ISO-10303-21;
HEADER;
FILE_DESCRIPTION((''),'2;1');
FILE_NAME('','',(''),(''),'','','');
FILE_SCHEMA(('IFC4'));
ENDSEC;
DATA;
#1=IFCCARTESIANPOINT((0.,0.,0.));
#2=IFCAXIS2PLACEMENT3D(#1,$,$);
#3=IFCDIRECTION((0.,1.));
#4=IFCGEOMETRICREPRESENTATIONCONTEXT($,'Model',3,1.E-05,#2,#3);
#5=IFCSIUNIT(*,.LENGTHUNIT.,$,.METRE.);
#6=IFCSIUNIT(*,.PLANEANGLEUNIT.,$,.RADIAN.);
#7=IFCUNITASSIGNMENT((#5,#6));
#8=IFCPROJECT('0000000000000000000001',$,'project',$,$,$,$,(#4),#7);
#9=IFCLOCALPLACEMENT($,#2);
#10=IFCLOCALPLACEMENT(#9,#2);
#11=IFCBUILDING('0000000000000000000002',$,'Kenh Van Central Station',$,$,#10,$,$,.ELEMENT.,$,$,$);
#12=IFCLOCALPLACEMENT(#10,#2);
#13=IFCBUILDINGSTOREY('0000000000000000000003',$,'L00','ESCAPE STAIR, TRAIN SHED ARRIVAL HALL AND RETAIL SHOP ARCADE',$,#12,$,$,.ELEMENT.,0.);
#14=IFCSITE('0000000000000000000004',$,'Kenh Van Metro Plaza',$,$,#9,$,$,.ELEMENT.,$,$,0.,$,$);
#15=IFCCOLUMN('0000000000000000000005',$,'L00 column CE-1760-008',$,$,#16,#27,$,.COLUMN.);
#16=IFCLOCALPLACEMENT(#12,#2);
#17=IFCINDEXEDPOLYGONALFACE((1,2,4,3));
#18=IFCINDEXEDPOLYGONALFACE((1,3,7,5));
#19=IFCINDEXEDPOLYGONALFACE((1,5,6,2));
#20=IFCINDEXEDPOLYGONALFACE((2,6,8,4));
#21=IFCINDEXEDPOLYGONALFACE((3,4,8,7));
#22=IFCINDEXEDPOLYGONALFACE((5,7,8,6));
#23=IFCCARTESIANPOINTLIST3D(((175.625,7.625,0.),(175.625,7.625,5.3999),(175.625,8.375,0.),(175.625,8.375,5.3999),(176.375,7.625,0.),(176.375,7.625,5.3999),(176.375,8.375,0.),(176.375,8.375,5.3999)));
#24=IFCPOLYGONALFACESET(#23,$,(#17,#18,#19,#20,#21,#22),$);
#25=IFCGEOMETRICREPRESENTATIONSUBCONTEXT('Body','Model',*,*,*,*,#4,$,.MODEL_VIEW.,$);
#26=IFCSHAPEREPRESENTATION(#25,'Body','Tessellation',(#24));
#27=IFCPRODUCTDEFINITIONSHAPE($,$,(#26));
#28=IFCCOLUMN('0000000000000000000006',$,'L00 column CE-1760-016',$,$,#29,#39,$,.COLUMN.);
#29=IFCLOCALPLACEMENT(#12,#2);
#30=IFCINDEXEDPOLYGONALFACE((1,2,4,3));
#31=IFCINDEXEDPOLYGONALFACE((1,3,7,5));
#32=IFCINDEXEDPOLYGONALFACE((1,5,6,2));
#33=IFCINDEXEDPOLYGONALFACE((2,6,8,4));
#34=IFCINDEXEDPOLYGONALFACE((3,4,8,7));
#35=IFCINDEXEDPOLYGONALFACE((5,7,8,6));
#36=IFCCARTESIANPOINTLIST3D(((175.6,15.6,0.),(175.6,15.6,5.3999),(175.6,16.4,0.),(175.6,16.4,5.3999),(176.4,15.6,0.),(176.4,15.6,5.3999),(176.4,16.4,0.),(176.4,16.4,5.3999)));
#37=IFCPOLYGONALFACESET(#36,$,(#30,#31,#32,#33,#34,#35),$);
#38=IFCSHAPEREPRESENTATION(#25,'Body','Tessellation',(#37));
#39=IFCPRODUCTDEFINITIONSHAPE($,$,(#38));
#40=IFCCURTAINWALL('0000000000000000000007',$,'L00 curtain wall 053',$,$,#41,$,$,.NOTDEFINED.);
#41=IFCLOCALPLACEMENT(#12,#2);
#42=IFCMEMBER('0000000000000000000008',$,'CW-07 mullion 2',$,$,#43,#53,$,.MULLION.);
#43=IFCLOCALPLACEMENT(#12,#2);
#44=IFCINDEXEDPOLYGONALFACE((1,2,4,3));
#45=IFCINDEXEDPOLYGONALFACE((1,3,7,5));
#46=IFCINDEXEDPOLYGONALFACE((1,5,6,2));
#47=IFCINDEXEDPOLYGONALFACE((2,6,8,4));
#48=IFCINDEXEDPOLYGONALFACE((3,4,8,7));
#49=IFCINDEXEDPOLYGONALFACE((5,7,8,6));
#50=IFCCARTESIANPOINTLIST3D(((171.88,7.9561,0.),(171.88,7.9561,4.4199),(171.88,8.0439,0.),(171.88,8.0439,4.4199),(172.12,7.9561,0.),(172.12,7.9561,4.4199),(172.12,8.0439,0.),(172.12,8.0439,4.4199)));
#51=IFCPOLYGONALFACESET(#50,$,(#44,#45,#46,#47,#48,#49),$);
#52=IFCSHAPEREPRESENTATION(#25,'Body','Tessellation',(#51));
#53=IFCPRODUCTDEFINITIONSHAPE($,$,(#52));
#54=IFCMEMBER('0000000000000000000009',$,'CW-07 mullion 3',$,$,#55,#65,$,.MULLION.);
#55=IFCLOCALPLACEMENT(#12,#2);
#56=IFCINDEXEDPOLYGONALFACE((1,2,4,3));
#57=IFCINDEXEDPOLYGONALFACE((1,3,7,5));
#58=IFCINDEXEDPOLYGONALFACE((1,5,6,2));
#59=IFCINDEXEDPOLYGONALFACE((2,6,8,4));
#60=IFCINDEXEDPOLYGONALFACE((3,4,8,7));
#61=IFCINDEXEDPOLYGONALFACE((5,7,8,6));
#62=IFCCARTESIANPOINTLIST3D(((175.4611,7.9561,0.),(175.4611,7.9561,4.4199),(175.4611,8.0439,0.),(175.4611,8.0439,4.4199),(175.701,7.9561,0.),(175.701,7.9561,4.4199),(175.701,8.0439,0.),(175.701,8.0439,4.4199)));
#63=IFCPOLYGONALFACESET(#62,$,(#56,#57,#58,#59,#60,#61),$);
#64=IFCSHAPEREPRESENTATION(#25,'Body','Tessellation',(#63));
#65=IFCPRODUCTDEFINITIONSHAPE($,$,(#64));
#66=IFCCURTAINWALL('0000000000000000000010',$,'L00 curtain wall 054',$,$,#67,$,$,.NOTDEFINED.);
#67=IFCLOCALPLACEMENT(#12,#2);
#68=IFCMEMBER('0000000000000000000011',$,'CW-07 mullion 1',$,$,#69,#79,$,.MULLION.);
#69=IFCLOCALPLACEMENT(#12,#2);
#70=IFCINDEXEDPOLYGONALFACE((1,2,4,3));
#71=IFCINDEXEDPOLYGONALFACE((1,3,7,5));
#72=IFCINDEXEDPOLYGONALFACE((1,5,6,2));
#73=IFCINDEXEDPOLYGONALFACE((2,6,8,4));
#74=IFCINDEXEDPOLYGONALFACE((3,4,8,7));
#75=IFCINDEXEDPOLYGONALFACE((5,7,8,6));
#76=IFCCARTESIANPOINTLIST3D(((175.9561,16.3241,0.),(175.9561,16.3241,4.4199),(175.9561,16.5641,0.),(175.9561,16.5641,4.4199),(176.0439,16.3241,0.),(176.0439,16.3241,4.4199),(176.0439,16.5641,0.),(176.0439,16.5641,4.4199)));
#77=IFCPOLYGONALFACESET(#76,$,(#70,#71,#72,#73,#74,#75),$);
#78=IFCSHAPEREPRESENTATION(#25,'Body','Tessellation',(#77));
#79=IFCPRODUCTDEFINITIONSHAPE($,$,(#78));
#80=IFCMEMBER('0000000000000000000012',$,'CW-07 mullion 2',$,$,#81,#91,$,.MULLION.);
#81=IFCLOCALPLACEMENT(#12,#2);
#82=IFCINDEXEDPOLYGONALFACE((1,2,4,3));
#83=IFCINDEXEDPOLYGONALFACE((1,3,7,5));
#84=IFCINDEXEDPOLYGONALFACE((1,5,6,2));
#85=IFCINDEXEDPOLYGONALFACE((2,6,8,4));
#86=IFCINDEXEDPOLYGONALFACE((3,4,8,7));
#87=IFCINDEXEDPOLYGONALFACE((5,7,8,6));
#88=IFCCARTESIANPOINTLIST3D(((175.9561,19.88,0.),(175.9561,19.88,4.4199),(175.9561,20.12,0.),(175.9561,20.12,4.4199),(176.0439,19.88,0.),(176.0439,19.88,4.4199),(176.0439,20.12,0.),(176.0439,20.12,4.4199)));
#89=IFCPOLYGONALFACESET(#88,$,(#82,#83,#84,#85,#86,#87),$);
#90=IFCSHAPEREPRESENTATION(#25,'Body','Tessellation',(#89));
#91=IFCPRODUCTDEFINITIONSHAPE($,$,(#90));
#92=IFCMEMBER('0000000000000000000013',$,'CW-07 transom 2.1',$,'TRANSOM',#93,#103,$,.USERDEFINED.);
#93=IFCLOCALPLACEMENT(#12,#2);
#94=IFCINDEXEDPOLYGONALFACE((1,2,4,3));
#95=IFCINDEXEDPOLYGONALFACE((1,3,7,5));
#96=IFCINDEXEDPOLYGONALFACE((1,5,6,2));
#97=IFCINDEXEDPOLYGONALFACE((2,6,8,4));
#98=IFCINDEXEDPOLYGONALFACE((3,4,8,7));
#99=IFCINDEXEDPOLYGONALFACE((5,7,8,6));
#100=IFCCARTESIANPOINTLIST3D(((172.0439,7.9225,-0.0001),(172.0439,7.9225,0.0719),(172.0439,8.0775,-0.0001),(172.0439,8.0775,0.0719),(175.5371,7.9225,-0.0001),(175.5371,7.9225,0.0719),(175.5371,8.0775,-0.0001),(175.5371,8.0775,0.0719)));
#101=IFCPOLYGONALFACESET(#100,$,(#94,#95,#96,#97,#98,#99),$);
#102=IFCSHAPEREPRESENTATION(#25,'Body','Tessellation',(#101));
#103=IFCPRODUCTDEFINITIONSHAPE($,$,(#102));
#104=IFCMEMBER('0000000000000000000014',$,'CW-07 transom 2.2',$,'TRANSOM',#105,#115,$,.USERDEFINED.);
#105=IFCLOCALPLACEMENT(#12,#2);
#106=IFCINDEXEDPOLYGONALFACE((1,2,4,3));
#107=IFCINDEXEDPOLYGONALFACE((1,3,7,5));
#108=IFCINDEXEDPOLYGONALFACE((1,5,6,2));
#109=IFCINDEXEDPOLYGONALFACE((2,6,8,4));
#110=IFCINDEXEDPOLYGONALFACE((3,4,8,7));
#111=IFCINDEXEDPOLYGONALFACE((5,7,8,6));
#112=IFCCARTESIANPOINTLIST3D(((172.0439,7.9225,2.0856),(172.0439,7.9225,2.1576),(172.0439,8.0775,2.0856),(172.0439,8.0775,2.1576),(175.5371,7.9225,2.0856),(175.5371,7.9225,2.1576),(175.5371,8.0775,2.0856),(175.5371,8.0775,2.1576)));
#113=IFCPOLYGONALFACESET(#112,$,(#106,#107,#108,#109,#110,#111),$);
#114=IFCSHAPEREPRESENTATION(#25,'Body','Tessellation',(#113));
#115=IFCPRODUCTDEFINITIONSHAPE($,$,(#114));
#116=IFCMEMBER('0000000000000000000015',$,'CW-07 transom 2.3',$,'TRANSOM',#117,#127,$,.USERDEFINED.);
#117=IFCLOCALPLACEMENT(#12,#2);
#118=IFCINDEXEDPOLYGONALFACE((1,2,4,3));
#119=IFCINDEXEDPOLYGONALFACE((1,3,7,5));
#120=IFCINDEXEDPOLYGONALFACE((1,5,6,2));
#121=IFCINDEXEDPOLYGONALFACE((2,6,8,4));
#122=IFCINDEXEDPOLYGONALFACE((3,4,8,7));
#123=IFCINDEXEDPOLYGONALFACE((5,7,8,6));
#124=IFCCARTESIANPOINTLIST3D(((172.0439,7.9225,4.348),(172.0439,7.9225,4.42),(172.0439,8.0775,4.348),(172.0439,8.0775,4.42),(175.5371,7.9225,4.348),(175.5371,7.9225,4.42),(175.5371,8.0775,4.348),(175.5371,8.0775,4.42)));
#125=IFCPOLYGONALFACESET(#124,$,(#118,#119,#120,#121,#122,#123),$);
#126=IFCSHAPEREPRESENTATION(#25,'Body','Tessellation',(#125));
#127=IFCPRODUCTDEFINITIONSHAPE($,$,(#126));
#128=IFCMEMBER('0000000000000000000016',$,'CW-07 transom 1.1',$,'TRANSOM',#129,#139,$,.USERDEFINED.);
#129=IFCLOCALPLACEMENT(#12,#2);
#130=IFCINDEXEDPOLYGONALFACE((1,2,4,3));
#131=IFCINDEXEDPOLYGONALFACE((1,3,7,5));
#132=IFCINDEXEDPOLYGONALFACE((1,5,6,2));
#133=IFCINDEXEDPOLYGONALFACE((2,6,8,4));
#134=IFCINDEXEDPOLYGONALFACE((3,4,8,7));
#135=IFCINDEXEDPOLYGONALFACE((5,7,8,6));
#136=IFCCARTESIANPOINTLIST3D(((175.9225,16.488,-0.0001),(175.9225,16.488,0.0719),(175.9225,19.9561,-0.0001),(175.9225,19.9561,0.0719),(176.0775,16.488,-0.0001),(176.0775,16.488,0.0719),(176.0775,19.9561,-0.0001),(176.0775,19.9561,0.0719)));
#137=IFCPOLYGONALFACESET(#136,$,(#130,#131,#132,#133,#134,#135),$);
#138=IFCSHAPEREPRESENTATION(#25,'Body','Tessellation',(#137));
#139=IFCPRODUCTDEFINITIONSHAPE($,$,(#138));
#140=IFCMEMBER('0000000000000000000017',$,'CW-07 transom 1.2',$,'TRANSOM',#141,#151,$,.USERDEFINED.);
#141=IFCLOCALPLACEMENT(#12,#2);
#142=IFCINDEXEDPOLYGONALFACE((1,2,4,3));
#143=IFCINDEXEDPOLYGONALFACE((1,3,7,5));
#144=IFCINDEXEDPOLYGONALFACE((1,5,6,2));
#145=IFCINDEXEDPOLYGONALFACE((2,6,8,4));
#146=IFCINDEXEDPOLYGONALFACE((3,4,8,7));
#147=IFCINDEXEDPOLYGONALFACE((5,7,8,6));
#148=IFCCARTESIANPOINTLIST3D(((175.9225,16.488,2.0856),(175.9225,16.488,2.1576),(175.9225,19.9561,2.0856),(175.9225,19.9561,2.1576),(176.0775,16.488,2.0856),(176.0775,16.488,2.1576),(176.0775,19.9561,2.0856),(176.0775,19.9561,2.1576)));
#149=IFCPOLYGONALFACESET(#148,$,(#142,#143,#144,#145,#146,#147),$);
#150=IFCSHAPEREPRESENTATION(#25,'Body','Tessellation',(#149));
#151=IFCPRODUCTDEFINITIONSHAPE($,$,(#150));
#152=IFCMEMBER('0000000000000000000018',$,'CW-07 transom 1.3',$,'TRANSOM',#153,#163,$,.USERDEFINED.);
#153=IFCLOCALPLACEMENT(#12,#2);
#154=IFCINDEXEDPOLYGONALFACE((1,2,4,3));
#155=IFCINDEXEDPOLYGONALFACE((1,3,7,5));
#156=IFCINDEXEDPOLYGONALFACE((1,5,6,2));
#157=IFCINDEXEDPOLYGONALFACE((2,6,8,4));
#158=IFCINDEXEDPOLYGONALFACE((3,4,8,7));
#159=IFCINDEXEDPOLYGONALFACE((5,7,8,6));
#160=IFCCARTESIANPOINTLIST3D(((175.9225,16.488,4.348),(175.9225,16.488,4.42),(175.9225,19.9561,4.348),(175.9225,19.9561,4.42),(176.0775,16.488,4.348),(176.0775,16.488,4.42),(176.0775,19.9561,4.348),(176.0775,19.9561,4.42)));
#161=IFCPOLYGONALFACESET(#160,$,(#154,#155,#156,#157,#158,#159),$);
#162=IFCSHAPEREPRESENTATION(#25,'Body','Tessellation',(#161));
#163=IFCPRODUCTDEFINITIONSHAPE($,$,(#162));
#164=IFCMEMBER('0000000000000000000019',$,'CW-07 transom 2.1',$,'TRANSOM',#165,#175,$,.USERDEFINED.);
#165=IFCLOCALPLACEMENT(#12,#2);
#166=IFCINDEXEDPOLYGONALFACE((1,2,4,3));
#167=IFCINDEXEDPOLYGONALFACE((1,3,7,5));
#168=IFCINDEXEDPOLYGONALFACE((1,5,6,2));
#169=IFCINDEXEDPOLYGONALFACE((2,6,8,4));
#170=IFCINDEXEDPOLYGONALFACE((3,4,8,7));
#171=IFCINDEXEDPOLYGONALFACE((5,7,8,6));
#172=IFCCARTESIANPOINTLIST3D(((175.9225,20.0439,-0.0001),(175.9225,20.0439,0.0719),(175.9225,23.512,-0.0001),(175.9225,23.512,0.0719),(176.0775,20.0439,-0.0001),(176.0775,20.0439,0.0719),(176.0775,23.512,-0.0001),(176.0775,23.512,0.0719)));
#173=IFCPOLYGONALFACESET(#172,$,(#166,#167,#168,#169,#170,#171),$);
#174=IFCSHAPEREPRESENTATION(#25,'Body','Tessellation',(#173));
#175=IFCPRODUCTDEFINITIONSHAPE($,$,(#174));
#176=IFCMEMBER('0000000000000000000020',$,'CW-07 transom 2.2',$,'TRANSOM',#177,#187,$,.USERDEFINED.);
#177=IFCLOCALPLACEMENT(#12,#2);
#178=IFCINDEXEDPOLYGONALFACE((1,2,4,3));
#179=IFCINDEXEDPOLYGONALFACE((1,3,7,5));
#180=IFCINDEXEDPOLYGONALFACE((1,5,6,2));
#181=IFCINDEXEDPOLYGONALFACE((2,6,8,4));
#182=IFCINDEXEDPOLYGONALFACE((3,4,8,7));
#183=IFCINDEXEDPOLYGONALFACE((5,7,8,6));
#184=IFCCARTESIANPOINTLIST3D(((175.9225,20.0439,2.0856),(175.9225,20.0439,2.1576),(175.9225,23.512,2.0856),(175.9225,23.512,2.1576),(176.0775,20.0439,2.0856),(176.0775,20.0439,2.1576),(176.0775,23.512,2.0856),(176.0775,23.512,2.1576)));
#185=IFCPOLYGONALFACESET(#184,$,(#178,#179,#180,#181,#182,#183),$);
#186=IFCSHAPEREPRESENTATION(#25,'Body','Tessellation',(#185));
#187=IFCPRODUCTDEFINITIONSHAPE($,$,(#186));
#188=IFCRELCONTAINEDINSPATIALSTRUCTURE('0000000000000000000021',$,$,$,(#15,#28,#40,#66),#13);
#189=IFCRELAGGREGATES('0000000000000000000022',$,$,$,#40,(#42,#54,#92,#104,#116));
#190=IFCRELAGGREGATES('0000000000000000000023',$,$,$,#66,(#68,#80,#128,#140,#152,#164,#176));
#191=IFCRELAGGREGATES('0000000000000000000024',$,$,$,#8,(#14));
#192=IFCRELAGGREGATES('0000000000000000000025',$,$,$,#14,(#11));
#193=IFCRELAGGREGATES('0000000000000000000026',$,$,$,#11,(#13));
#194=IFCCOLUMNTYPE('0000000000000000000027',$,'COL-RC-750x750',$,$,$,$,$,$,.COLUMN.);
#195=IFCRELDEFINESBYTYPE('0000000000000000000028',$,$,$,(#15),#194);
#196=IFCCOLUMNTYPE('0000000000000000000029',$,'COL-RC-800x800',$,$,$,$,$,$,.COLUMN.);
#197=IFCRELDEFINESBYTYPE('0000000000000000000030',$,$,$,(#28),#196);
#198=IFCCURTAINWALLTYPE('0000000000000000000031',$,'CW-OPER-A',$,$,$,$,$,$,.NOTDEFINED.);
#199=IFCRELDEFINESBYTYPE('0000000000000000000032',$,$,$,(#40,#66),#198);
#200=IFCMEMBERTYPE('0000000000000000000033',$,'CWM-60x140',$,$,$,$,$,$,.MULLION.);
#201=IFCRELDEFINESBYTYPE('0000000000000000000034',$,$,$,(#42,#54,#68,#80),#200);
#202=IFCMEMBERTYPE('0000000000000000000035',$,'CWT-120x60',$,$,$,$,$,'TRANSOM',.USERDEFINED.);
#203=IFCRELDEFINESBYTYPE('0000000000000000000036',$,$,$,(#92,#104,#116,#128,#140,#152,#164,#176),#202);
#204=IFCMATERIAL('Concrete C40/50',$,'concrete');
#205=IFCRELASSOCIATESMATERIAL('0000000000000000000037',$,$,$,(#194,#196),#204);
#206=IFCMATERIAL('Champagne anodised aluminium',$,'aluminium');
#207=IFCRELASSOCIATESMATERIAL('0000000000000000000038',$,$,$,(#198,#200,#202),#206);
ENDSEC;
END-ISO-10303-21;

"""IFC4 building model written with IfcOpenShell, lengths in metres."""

from ifc_helpers import new_model, si_unit, direction, frame, origin, origin_2d, place, context, subcontext, project, spatial, rectangle, extrude, material, material_profile, profile_set, type_object, element, aggregate, save


model = new_model("IFC4")

# Units and contexts
model_context = context("Model", 3, precision=1e-05, world=origin(), true_north=direction((0.0, 1.0)))
body_context = subcontext(model_context, "Body", "Model", "MODEL_VIEW")
ifc_project = project(units=[si_unit("LENGTHUNIT", "METRE"), si_unit("PLANEANGLEUNIT", "RADIAN")], contexts=[model_context])

# Site, building, storey
site_placement = place(None, origin())
site = spatial("IfcSite", under=ifc_project, at=site_placement, Name="Kenh Van Metro Plaza", CompositionType="ELEMENT", RefElevation=0.0)
building_placement = place(site_placement, origin())
building = spatial("IfcBuilding", under=site, at=building_placement, Name="Kenh Van Central Station", CompositionType="ELEMENT")
storey_placement = place(building_placement, origin())
storey = spatial("IfcBuildingStorey", under=building, at=storey_placement, Name="L00", Description="ESCAPE STAIR, TRAIN SHED ARRIVAL HALL AND RETAIL SHOP ARCADE", CompositionType="ELEMENT", Elevation=0.0)

# Columns
ifc_material_1 = material(Name="Concrete C40/50", Category="concrete")
ifc_material_profile_1 = material_profile(ifc_material_1, rectangle(XDim=0.75, YDim=0.75, at=origin_2d()), Name="RC 750x750")
ifc_profile_set_1 = profile_set([ifc_material_profile_1], Name="Concrete C40/50")
column_type_1 = type_object("IfcColumnType", Name="COL-RC-750x750", PredefinedType="COLUMN", material=ifc_profile_set_1)
column_1_placement = place(storey_placement, frame((176.0, 8.0, 0.0), z_axis=(0.0, 0.0, 1.0), x_axis=(1.0, 0.0, 0.0)))
element("IfcColumn", 1, at=column_1_placement, inside=storey, type_object=column_type_1, Name="L00 column CE-1760-008", PredefinedType="COLUMN", context=body_context, shape_type="SweptSolid", body=[
    extrude(rectangle(XDim=0.75, YDim=0.75, at=origin_2d()), origin(), (0.0, 0.0, 1.0), 5.3999),
])
ifc_material_profile_2 = material_profile(ifc_material_1, rectangle(XDim=0.8, YDim=0.8, at=origin_2d()), Name="RC 800x800")
ifc_profile_set_2 = profile_set([ifc_material_profile_2], Name="Concrete C40/50")
column_type_2 = type_object("IfcColumnType", Name="COL-RC-800x800", PredefinedType="COLUMN", material=ifc_profile_set_2)
column_2_placement = place(storey_placement, frame((176.0, 16.0, 0.0), z_axis=(0.0, 0.0, 1.0), x_axis=(1.0, 0.0, 0.0)))
element("IfcColumn", 2, at=column_2_placement, inside=storey, type_object=column_type_2, Name="L00 column CE-1760-016", PredefinedType="COLUMN", context=body_context, shape_type="SweptSolid", body=[
    extrude(rectangle(XDim=0.8, YDim=0.8, at=origin_2d()), origin(), (0.0, 0.0, 1.0), 5.3999),
])

# Curtain walls, members
ifc_material_2 = material(Name="Champagne anodised aluminium", Category="aluminium")
curtain_wall_type = type_object("IfcCurtainWallType", Name="CW-OPER-A", PredefinedType="NOTDEFINED", material=ifc_material_2)
curtain_wall_1_placement = place(storey_placement, origin())
curtain_wall_1 = element("IfcCurtainWall", 3, at=curtain_wall_1_placement, inside=storey, type_object=curtain_wall_type, Name="L00 curtain wall 053", PredefinedType="NOTDEFINED")
ifc_material_profile_3 = material_profile(ifc_material_2, rectangle(XDim=0.0879, YDim=0.24, at=origin_2d()), Name="AL 88x240")
ifc_profile_set_3 = profile_set([ifc_material_profile_3], Name="Champagne anodised aluminium")
member_type_1 = type_object("IfcMemberType", Name="CWM-60x140", PredefinedType="MULLION", material=ifc_profile_set_3)
member_1_placement = place(storey_placement, frame((172.0, 8.0, 0.0), z_axis=(0.0, 0.0, 1.0), x_axis=(0.0, 1.0, 0.0)))
member_1 = element("IfcMember", 4, at=member_1_placement, type_object=member_type_1, Name="CW-07 mullion 2", PredefinedType="MULLION", context=body_context, shape_type="SweptSolid", body=[
    extrude(rectangle(XDim=0.0879, YDim=0.24, at=origin_2d()), origin(), (0.0, 0.0, 1.0), 4.4199),
])
member_2_placement = place(storey_placement, frame((175.5811, 8.0, 0.0), z_axis=(0.0, 0.0, 1.0), x_axis=(0.0, 1.0, 0.0)))
member_2 = element("IfcMember", 5, at=member_2_placement, type_object=member_type_1, Name="CW-07 mullion 3", PredefinedType="MULLION", context=body_context, shape_type="SweptSolid", body=[
    extrude(rectangle(XDim=0.0879, YDim=0.24, at=origin_2d()), origin(), (0.0, 0.0, 1.0), 4.4199),
])
curtain_wall_2_placement = place(storey_placement, origin())
curtain_wall_2 = element("IfcCurtainWall", 6, at=curtain_wall_2_placement, inside=storey, type_object=curtain_wall_type, Name="L00 curtain wall 054", PredefinedType="NOTDEFINED")
member_3_placement = place(storey_placement, frame((176.0, 16.4441, 0.0), z_axis=(0.0, 0.0, 1.0), x_axis=(-1.0, 0.0, 0.0)))
member_3 = element("IfcMember", 7, at=member_3_placement, type_object=member_type_1, Name="CW-07 mullion 1", PredefinedType="MULLION", context=body_context, shape_type="SweptSolid", body=[
    extrude(rectangle(XDim=0.0879, YDim=0.24, at=origin_2d()), origin(), (0.0, 0.0, 1.0), 4.4199),
])
member_4_placement = place(storey_placement, frame((176.0, 20.0, 0.0), z_axis=(0.0, 0.0, 1.0), x_axis=(-1.0, 0.0, 0.0)))
member_4 = element("IfcMember", 8, at=member_4_placement, type_object=member_type_1, Name="CW-07 mullion 2", PredefinedType="MULLION", context=body_context, shape_type="SweptSolid", body=[
    extrude(rectangle(XDim=0.0879, YDim=0.24, at=origin_2d()), origin(), (0.0, 0.0, 1.0), 4.4199),
])

# Members
ifc_material_profile_4 = material_profile(ifc_material_2, rectangle(XDim=0.155, YDim=0.072, at=origin_2d()), Name="AL 155x72")
ifc_profile_set_4 = profile_set([ifc_material_profile_4], Name="Champagne anodised aluminium")
member_type_2 = type_object("IfcMemberType", Name="CWT-120x60", ElementType="TRANSOM", PredefinedType="USERDEFINED", material=ifc_profile_set_4)
member_5_placement = place(storey_placement, frame((172.0439, 8.0, 0.0359), z_axis=(1.0, 0.0, 0.0), x_axis=(0.0, 1.0, 0.0)))
member_5 = element("IfcMember", 9, at=member_5_placement, type_object=member_type_2, Name="CW-07 transom 2.1", ObjectType="TRANSOM", PredefinedType="USERDEFINED", context=body_context, shape_type="SweptSolid", body=[
    extrude(rectangle(XDim=0.155, YDim=0.072, at=origin_2d()), origin(), (0.0, 0.0, 1.0), 3.4932),
])
member_6_placement = place(storey_placement, frame((172.0439, 8.0, 2.1216), z_axis=(1.0, 0.0, 0.0), x_axis=(0.0, 1.0, 0.0)))
member_6 = element("IfcMember", 10, at=member_6_placement, type_object=member_type_2, Name="CW-07 transom 2.2", ObjectType="TRANSOM", PredefinedType="USERDEFINED", context=body_context, shape_type="SweptSolid", body=[
    extrude(rectangle(XDim=0.155, YDim=0.072, at=origin_2d()), origin(), (0.0, 0.0, 1.0), 3.4932),
])
member_7_placement = place(storey_placement, frame((172.0439, 8.0, 4.384), z_axis=(1.0, 0.0, 0.0), x_axis=(0.0, 1.0, 0.0)))
member_7 = element("IfcMember", 11, at=member_7_placement, type_object=member_type_2, Name="CW-07 transom 2.3", ObjectType="TRANSOM", PredefinedType="USERDEFINED", context=body_context, shape_type="SweptSolid", body=[
    extrude(rectangle(XDim=0.155, YDim=0.072, at=origin_2d()), origin(), (0.0, 0.0, 1.0), 3.4932),
])
member_8_placement = place(storey_placement, frame((176.0, 16.488, 0.0359), z_axis=(0.0, 1.0, 0.0), x_axis=(-1.0, 0.0, 0.0)))
member_8 = element("IfcMember", 12, at=member_8_placement, type_object=member_type_2, Name="CW-07 transom 1.1", ObjectType="TRANSOM", PredefinedType="USERDEFINED", context=body_context, shape_type="SweptSolid", body=[
    extrude(rectangle(XDim=0.155, YDim=0.072, at=origin_2d()), origin(), (0.0, 0.0, 1.0), 3.468),
])
member_9_placement = place(storey_placement, frame((176.0, 16.488, 2.1216), z_axis=(0.0, 1.0, 0.0), x_axis=(-1.0, 0.0, 0.0)))
member_9 = element("IfcMember", 13, at=member_9_placement, type_object=member_type_2, Name="CW-07 transom 1.2", ObjectType="TRANSOM", PredefinedType="USERDEFINED", context=body_context, shape_type="SweptSolid", body=[
    extrude(rectangle(XDim=0.155, YDim=0.072, at=origin_2d()), origin(), (0.0, 0.0, 1.0), 3.468),
])
member_10_placement = place(storey_placement, frame((176.0, 16.488, 4.384), z_axis=(0.0, 1.0, 0.0), x_axis=(-1.0, 0.0, 0.0)))
member_10 = element("IfcMember", 14, at=member_10_placement, type_object=member_type_2, Name="CW-07 transom 1.3", ObjectType="TRANSOM", PredefinedType="USERDEFINED", context=body_context, shape_type="SweptSolid", body=[
    extrude(rectangle(XDim=0.155, YDim=0.072, at=origin_2d()), origin(), (0.0, 0.0, 1.0), 3.468),
])
member_11_placement = place(storey_placement, frame((176.0, 20.0439, 0.0359), z_axis=(0.0, 1.0, 0.0), x_axis=(-1.0, 0.0, 0.0)))
member_11 = element("IfcMember", 15, at=member_11_placement, type_object=member_type_2, Name="CW-07 transom 2.1", ObjectType="TRANSOM", PredefinedType="USERDEFINED", context=body_context, shape_type="SweptSolid", body=[
    extrude(rectangle(XDim=0.155, YDim=0.072, at=origin_2d()), origin(), (0.0, 0.0, 1.0), 3.468),
])
member_12_placement = place(storey_placement, frame((176.0, 20.0439, 2.1216), z_axis=(0.0, 1.0, 0.0), x_axis=(-1.0, 0.0, 0.0)))
member_12 = element("IfcMember", 16, at=member_12_placement, type_object=member_type_2, Name="CW-07 transom 2.2", ObjectType="TRANSOM", PredefinedType="USERDEFINED", context=body_context, shape_type="SweptSolid", body=[
    extrude(rectangle(XDim=0.155, YDim=0.072, at=origin_2d()), origin(), (0.0, 0.0, 1.0), 3.468),
])

aggregate(curtain_wall_1, [member_1, member_2, member_5, member_6, member_7])
aggregate(curtain_wall_2, [member_3, member_4, member_8, member_9, member_10, member_11, member_12])

save(model, "model.ifc")
